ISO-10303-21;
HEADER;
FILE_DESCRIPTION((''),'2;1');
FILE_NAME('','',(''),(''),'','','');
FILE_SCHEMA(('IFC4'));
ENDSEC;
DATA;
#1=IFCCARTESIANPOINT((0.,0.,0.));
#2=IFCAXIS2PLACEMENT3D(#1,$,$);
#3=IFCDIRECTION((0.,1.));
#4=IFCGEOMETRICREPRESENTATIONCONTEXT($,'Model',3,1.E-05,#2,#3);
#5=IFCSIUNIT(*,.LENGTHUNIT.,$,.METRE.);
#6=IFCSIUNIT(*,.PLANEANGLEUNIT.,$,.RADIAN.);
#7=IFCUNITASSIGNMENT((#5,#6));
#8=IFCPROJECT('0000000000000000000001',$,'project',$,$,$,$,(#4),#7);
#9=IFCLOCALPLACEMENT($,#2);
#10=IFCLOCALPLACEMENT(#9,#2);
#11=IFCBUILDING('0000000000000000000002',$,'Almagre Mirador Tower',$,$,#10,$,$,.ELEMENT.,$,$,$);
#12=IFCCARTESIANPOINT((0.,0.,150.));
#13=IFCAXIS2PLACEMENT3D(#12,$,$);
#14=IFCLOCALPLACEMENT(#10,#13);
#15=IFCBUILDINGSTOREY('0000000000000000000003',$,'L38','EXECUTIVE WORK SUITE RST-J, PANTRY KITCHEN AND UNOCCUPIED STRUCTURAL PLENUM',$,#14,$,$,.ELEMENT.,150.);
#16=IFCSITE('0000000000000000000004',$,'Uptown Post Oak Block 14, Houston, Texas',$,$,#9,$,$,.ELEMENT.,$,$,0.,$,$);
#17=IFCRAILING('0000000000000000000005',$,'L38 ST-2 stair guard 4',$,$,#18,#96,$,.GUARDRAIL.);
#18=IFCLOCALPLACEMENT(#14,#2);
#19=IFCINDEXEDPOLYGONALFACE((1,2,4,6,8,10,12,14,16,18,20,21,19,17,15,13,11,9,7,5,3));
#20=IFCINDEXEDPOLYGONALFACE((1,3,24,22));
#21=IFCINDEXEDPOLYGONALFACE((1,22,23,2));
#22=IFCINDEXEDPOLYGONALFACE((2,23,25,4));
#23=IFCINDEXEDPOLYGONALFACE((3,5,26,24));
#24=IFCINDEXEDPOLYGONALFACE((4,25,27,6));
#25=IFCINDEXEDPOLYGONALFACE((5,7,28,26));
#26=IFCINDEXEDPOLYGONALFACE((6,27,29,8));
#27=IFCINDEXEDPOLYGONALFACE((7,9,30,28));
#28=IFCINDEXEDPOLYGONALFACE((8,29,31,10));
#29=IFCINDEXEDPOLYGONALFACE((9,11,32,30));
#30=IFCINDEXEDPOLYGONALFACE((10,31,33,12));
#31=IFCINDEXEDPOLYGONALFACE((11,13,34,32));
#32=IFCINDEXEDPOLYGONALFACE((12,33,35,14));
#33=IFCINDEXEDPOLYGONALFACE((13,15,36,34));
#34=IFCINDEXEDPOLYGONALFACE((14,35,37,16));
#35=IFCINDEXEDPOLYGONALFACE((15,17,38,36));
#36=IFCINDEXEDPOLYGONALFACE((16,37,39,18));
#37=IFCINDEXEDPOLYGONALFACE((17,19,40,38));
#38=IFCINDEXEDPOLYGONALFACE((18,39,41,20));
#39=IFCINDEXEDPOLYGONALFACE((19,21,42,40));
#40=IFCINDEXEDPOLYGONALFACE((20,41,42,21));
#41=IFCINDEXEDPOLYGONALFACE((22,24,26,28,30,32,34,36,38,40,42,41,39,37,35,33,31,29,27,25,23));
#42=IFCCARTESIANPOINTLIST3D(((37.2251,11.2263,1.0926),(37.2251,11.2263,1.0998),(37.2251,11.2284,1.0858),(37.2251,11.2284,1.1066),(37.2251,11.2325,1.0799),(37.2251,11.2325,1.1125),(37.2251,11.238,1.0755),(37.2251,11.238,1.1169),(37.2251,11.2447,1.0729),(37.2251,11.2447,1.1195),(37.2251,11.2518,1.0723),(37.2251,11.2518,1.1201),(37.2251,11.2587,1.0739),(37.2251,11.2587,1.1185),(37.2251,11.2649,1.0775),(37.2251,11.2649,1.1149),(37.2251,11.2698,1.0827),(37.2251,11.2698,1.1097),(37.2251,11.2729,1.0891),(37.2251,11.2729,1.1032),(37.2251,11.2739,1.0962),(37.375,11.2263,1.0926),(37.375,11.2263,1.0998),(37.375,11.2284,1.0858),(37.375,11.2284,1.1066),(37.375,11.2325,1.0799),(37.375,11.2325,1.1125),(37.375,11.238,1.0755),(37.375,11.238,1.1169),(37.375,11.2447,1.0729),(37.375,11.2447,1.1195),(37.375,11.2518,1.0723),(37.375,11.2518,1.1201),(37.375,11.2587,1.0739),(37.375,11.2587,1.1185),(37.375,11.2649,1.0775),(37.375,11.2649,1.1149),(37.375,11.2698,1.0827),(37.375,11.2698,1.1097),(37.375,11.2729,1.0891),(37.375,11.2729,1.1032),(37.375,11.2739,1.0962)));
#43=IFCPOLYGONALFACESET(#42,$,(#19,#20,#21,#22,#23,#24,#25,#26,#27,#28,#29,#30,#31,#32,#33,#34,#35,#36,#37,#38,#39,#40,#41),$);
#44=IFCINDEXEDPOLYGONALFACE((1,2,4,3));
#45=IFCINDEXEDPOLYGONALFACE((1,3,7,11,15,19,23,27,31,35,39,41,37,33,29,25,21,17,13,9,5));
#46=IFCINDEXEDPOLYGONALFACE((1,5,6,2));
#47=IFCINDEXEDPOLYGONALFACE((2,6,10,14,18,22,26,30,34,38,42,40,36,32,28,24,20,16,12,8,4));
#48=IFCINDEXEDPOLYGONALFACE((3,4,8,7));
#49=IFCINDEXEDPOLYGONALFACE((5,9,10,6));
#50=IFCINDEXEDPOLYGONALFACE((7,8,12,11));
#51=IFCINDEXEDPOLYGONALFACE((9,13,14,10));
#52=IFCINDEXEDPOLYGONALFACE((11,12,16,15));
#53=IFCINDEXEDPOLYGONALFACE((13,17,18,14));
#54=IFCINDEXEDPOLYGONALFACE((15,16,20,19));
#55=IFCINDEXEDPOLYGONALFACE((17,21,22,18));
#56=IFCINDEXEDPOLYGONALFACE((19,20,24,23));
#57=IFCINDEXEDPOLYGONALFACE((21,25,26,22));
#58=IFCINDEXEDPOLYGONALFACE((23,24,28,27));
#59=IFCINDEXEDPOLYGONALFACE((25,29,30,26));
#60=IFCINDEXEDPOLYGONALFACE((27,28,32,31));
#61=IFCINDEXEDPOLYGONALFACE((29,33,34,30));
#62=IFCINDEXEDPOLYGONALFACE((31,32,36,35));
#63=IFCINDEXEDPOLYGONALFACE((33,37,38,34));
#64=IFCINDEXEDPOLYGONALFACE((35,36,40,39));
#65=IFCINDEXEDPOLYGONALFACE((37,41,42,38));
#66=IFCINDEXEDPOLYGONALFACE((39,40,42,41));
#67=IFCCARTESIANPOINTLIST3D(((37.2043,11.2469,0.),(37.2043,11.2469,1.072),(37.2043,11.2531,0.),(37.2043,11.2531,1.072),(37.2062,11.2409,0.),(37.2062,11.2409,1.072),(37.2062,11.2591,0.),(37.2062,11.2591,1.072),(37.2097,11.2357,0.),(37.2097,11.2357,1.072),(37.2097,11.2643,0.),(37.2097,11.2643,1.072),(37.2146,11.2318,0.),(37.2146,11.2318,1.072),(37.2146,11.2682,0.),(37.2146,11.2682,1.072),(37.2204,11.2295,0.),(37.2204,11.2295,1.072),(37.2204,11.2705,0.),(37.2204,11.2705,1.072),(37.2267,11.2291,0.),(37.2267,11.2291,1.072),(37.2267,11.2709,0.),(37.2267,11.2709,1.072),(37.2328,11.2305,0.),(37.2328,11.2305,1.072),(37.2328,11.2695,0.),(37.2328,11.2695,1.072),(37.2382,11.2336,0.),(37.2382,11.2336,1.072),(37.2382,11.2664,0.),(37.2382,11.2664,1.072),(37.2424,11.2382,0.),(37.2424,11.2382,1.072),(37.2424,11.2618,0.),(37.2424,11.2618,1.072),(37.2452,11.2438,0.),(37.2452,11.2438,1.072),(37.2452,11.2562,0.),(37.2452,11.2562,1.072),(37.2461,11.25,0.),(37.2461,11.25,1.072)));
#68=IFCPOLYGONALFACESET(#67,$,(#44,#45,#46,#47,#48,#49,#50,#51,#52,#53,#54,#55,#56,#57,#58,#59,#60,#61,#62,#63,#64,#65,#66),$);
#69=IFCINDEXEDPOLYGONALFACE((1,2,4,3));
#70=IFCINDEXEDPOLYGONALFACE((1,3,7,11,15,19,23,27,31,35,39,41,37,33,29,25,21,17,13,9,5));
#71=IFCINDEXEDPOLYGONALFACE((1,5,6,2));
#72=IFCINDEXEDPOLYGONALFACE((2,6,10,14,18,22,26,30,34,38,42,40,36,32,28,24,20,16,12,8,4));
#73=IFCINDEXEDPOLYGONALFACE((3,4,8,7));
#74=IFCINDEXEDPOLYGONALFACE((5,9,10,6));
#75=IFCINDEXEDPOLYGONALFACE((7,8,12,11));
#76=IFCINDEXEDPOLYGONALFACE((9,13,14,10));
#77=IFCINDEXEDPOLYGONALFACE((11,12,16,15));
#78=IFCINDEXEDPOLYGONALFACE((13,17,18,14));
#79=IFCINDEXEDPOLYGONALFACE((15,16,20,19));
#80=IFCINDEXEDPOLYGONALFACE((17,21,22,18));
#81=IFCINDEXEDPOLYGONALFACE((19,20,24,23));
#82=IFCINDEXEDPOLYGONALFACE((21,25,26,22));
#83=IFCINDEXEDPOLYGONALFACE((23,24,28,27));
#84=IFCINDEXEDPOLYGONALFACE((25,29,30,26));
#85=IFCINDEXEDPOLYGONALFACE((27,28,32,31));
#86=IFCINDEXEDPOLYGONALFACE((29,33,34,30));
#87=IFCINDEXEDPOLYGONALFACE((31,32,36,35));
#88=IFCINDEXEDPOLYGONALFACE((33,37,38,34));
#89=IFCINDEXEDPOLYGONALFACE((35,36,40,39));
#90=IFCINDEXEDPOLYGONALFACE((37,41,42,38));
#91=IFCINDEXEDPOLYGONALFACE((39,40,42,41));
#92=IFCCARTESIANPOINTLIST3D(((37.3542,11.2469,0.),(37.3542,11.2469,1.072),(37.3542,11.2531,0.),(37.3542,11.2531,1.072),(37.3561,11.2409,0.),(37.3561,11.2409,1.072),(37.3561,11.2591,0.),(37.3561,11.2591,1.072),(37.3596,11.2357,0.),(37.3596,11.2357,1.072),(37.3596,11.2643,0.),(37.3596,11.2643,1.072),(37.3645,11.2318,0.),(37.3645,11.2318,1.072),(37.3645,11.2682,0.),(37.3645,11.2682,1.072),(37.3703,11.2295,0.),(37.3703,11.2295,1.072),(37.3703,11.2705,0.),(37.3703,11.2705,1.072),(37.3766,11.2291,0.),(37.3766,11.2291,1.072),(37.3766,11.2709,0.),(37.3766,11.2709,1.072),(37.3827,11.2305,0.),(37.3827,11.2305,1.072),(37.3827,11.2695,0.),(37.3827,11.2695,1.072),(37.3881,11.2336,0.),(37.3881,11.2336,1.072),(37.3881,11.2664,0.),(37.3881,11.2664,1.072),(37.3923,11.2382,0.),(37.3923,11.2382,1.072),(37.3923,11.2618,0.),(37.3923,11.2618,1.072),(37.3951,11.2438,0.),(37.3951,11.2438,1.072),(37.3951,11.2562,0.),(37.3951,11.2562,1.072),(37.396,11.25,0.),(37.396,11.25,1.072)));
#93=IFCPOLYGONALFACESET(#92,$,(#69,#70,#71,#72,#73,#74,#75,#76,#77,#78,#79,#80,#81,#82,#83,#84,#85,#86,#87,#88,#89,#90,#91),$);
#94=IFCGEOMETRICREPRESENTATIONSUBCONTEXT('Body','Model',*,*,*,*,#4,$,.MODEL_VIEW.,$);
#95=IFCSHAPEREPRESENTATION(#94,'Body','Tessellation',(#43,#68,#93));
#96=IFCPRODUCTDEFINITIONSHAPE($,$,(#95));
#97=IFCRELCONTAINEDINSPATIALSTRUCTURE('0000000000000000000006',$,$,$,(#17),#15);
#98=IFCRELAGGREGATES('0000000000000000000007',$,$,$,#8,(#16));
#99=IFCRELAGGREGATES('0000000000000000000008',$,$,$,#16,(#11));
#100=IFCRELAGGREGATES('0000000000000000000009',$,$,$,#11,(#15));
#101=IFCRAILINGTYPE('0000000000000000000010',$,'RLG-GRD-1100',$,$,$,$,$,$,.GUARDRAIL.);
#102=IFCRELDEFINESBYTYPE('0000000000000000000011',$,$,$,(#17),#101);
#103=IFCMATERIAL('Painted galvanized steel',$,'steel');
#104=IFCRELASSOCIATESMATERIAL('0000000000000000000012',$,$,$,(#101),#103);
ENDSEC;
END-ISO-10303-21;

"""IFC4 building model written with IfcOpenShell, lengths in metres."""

from ifc_helpers import new_model, si_unit, direction, frame, origin, origin_2d, place, context, subcontext, project, spatial, circle, extrude, material, type_object, element, save


model = new_model("IFC4")

# Units and contexts
model_context = context("Model", 3, precision=1e-05, world=origin(), true_north=direction((0.0, 1.0)))
body_context = subcontext(model_context, "Body", "Model", "MODEL_VIEW")
ifc_project = project(units=[si_unit("LENGTHUNIT", "METRE"), si_unit("PLANEANGLEUNIT", "RADIAN")], contexts=[model_context])

# Site, building, storey
site_placement = place(None, origin())
site = spatial("IfcSite", under=ifc_project, at=site_placement, Name="Uptown Post Oak Block 14, Houston, Texas", CompositionType="ELEMENT", RefElevation=0.0)
building_placement = place(site_placement, origin())
building = spatial("IfcBuilding", under=site, at=building_placement, Name="Almagre Mirador Tower", CompositionType="ELEMENT")
storey_placement = place(building_placement, frame((0.0, 0.0, 150.0)))
storey = spatial("IfcBuildingStorey", under=building, at=storey_placement, Name="L38", Description="EXECUTIVE WORK SUITE RST-J, PANTRY KITCHEN AND UNOCCUPIED STRUCTURAL PLENUM", CompositionType="ELEMENT", Elevation=150.0)

# Railing
ifc_material_1 = material(Name="Painted galvanized steel", Category="steel")
railing_type_1 = type_object("IfcRailingType", Name="RLG-GRD-1100", PredefinedType="GUARDRAIL", material=ifc_material_1)
railing_1_placement = place(storey_placement, frame((37.2251, 11.25, 0.0)))
element("IfcRailing", 1, at=railing_1_placement, inside=storey, type_object=railing_type_1, Name="L38 ST-2 stair guard 4", PredefinedType="GUARDRAIL", context=body_context, shape_type="SweptSolid", body=[
    extrude(circle(Radius=0.0239, at=origin_2d()), frame((0.0, 0.0, 1.0962), z_axis=(1.0, 0.0, 0.0), x_axis=(0.0, 1.0, 0.0)), (0.0, 0.0, 1.0), 0.1499),
    extrude(circle(Radius=0.021, at=origin_2d()), origin(), (0.0, 0.0, 1.0), 1.072),
    extrude(circle(Radius=0.021, at=origin_2d()), frame((0.1499, 0.0, 0.0)), (0.0, 0.0, 1.0), 1.072),
])

save(model, "model.ifc")
